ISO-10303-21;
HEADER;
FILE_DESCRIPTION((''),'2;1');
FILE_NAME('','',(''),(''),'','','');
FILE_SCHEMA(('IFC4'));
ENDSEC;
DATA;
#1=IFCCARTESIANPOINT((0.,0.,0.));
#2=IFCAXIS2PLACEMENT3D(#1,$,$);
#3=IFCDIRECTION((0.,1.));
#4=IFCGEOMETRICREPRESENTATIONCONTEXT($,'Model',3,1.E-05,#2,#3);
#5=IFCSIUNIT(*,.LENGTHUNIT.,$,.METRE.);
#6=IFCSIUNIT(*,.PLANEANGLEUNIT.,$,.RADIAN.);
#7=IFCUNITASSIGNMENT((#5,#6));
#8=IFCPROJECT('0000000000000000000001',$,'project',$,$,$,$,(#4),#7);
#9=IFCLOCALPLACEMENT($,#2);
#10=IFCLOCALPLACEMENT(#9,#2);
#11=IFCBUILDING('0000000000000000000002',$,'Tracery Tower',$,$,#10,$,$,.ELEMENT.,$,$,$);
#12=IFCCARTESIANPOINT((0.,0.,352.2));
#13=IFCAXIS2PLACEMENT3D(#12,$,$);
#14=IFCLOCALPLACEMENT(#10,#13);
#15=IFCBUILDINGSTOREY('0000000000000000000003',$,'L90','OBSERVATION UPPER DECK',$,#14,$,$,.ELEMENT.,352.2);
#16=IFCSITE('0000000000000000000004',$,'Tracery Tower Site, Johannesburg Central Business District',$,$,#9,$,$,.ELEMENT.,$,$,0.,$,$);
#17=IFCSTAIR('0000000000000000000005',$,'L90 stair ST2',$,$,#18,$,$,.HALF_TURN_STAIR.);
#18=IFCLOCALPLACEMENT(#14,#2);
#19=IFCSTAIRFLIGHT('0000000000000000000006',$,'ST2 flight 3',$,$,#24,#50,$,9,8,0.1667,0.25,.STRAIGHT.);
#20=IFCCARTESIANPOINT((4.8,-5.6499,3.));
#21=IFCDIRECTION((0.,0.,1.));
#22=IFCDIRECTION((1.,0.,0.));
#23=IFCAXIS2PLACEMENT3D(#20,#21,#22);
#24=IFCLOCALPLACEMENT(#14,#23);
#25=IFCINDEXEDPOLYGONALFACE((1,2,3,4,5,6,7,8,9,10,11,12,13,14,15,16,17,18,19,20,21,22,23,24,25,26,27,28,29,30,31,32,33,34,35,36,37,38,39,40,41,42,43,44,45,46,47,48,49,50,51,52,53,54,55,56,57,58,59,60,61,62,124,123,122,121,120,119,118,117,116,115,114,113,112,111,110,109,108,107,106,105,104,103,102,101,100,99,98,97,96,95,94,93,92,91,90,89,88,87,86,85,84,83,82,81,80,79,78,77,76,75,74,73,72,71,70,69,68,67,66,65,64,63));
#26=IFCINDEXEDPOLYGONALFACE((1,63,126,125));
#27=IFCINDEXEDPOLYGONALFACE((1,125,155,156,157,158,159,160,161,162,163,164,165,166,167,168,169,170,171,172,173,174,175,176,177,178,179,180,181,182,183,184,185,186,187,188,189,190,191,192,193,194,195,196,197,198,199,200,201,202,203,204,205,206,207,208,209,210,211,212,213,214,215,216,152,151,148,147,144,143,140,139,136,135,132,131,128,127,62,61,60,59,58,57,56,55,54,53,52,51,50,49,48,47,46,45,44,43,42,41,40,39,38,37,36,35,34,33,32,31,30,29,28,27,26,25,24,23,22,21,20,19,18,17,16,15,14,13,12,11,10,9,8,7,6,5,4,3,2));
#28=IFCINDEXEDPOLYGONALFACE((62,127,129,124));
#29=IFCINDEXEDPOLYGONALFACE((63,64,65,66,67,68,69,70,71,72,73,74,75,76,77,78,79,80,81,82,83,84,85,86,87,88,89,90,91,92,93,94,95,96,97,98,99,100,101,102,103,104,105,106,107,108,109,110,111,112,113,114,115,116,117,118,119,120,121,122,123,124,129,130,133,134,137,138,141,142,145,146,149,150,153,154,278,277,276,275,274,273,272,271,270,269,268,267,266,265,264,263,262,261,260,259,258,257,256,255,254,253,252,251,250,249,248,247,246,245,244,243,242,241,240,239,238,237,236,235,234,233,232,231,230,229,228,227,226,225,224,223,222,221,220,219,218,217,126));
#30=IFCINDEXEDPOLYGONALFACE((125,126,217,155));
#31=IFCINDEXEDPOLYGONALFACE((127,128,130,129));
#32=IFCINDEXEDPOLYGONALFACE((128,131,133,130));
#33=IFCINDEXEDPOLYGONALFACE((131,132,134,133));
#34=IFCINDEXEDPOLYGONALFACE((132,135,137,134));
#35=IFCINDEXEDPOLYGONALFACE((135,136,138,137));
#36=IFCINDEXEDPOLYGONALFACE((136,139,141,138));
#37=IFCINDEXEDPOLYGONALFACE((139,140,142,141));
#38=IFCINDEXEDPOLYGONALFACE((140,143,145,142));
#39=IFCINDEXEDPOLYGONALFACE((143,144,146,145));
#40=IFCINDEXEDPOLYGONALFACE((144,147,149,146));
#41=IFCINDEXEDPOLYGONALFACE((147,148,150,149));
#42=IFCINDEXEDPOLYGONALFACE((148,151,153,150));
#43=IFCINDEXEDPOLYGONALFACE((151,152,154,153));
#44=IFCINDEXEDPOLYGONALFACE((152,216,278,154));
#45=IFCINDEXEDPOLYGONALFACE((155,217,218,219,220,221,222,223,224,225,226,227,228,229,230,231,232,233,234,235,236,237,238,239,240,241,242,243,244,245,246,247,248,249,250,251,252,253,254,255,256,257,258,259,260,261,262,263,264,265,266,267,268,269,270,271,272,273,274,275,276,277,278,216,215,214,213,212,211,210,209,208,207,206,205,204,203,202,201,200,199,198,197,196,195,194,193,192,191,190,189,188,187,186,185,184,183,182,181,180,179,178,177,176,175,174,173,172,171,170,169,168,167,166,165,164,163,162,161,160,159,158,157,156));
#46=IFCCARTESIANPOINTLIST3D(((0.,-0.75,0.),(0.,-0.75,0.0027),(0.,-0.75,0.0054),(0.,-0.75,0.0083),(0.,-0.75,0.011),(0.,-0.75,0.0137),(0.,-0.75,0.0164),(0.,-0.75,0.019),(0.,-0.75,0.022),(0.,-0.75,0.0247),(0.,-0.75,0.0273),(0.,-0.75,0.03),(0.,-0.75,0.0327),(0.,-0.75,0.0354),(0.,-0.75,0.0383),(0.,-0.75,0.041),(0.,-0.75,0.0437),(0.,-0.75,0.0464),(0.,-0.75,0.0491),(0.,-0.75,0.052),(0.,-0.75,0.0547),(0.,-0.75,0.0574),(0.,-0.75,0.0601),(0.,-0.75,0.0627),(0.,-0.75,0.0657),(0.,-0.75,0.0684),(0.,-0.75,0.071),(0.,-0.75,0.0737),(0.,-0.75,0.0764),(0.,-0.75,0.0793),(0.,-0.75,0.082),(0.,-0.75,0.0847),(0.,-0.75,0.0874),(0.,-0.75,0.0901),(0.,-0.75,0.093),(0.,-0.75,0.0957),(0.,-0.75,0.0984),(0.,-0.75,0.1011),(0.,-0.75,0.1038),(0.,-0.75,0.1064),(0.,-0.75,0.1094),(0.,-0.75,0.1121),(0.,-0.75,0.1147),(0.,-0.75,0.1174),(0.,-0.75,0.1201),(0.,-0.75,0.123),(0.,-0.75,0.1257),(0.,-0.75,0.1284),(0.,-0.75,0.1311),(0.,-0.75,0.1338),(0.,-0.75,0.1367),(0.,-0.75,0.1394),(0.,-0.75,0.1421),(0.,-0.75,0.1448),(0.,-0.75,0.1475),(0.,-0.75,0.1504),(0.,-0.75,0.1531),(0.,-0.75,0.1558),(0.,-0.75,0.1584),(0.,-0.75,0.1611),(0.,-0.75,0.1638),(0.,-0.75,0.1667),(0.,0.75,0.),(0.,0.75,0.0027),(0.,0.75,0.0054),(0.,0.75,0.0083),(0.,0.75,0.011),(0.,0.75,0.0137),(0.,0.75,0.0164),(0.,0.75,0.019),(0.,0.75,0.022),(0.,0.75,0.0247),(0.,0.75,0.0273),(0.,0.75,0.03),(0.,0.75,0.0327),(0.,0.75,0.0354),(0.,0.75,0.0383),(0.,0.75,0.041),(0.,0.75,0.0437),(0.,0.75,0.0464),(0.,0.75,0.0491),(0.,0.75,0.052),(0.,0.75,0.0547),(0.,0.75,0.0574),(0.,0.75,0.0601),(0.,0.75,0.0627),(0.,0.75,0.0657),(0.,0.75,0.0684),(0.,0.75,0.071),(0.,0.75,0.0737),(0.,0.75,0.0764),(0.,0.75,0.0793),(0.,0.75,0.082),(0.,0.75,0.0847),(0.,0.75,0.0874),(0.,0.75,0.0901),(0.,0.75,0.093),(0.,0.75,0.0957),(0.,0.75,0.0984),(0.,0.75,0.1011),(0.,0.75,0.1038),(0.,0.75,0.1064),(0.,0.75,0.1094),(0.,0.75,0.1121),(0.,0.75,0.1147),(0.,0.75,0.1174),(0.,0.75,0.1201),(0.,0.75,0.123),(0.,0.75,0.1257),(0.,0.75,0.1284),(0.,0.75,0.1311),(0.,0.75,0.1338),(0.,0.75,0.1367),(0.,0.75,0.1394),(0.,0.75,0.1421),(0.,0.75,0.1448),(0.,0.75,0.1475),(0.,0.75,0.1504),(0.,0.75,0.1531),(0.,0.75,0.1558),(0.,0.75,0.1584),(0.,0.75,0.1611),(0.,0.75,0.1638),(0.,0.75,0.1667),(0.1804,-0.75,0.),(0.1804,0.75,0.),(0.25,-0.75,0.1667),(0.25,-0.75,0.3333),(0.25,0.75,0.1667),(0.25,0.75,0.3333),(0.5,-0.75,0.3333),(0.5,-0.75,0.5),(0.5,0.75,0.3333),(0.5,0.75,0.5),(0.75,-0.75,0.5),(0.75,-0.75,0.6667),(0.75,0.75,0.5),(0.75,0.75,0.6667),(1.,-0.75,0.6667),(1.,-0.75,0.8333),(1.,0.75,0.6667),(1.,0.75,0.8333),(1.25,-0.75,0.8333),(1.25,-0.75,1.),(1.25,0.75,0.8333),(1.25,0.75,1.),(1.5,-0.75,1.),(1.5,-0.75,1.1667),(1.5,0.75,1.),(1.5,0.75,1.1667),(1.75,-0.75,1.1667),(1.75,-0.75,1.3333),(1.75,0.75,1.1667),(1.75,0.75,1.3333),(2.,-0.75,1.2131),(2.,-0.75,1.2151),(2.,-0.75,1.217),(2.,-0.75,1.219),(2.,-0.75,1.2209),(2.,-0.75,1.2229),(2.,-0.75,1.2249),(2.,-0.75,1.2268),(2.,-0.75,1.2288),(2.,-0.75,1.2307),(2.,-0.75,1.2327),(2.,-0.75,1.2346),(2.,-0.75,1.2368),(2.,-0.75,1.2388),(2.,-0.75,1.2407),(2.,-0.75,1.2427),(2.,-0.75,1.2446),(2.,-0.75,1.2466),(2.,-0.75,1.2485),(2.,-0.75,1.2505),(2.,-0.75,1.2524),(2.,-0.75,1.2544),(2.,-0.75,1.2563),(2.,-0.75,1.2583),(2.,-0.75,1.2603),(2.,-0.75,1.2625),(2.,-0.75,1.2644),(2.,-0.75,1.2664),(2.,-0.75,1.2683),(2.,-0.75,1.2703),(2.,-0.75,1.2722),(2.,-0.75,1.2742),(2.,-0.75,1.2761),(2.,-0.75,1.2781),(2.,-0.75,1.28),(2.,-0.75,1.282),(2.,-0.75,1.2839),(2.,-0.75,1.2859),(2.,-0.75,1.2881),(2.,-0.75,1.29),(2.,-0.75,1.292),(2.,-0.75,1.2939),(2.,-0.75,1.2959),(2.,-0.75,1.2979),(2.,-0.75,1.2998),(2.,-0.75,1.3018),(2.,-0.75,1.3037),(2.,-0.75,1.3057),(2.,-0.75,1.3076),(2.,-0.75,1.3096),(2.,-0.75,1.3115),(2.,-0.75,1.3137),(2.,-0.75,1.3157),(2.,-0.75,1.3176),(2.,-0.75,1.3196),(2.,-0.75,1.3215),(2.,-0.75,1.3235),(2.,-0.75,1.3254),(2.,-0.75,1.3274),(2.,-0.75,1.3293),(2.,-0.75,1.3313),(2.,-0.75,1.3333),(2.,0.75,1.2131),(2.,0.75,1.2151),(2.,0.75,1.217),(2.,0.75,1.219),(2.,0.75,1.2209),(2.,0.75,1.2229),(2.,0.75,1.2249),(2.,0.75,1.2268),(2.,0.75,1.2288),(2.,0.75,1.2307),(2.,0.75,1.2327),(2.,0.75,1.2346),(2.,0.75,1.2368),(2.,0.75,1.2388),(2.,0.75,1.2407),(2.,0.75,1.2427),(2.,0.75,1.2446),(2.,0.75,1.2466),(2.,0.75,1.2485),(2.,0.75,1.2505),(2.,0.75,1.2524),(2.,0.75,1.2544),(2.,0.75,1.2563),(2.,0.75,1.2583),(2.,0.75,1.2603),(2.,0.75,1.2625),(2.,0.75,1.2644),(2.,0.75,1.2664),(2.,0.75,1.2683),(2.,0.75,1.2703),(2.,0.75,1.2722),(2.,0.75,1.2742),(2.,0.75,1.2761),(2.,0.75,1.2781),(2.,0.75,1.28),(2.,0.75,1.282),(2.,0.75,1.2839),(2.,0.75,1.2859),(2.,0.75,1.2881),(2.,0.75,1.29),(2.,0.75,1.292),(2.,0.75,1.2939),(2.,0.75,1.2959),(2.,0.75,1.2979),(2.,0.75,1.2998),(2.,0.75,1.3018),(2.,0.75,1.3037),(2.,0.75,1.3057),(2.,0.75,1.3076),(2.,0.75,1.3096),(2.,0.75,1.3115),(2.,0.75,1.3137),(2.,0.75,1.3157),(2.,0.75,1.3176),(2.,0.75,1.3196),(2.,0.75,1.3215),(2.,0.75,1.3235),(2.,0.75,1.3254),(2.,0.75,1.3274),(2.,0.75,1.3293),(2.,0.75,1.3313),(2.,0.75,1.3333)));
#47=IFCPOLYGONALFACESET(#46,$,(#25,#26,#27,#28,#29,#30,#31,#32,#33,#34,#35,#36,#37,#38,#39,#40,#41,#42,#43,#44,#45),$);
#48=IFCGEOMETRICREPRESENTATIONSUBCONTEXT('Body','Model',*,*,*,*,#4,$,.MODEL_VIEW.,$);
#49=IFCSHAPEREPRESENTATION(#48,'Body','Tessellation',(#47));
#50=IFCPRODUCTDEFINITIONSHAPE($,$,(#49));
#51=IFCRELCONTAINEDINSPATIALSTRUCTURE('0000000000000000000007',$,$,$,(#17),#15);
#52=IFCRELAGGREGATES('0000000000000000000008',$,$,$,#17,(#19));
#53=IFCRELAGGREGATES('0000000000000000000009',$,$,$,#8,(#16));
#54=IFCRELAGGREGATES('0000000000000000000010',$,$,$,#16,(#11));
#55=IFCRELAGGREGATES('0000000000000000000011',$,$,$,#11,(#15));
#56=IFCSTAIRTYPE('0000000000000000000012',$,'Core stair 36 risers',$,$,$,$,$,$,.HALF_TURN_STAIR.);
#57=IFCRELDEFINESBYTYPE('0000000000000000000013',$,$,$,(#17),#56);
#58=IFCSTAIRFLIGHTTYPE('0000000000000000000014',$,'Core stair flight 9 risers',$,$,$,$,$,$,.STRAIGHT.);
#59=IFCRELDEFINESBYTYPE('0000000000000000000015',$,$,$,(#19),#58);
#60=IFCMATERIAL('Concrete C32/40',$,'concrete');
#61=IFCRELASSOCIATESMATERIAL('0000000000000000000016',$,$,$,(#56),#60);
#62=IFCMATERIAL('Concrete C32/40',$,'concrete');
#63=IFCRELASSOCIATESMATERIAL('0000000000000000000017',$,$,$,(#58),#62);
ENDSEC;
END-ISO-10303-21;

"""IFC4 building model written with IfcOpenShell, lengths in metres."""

from ifc_helpers import new_model, si_unit, direction, frame, origin, place, context, subcontext, project, spatial, polyline, outline, extrude, material, type_object, element, aggregate, save


model = new_model("IFC4")

# Units and contexts
model_context = context("Model", 3, precision=1e-05, world=origin(), true_north=direction((0.0, 1.0)))
body_context = subcontext(model_context, "Body", "Model", "MODEL_VIEW")
ifc_project = project(units=[si_unit("LENGTHUNIT", "METRE"), si_unit("PLANEANGLEUNIT", "RADIAN")], contexts=[model_context])

# Site, building, storey
site_placement = place(None, origin())
site = spatial("IfcSite", under=ifc_project, at=site_placement, Name="Tracery Tower Site, Johannesburg Central Business District", CompositionType="ELEMENT", RefElevation=0.0)
building_placement = place(site_placement, origin())
building = spatial("IfcBuilding", under=site, at=building_placement, Name="Tracery Tower", CompositionType="ELEMENT")
storey_placement = place(building_placement, frame((0.0, 0.0, 352.2)))
storey = spatial("IfcBuildingStorey", under=building, at=storey_placement, Name="L90", Description="OBSERVATION UPPER DECK", CompositionType="ELEMENT", Elevation=352.2)

# Stair, stair flight
ifc_material_1 = material(Name="Concrete C32/40", Category="concrete")
stair_type = type_object("IfcStairType", Name="Core stair 36 risers", PredefinedType="HALF_TURN_STAIR", material=ifc_material_1)
stair_placement = place(storey_placement, origin())
stair = element("IfcStair", 1, at=stair_placement, inside=storey, type_object=stair_type, Name="L90 stair ST2", PredefinedType="HALF_TURN_STAIR")
ifc_material_2 = material(Name="Concrete C32/40", Category="concrete")
stair_flight_type = type_object("IfcStairFlightType", Name="Core stair flight 9 risers", PredefinedType="STRAIGHT", material=ifc_material_2)
stair_flight_1_placement = place(storey_placement, frame((4.8, -5.6499, 3.0), z_axis=(0.0, 0.0, 1.0), x_axis=(1.0, 0.0, 0.0)))
stair_flight_1 = element("IfcStairFlight", 2, at=stair_flight_1_placement, type_object=stair_flight_type, Name="ST2 flight 3", NumberOfRisers=9, NumberOfTreads=8, PredefinedType="STRAIGHT", RiserHeight=0.1667, TreadLength=0.25, context=body_context, shape_type="SweptSolid", body=[
    extrude(outline(polyline([(0.0, 0.0), (0.0, 0.0027), (0.0, 0.0054), (0.0, 0.0083), (0.0, 0.011), (0.0, 0.0137), (0.0, 0.0164), (0.0, 0.019), (0.0, 0.022), (0.0, 0.0247), (0.0, 0.0273), (0.0, 0.03), (0.0, 0.0327), (0.0, 0.0354), (0.0, 0.0383), (0.0, 0.041), (0.0, 0.0437), (0.0, 0.0464), (0.0, 0.0491), (0.0, 0.052), (0.0, 0.0547), (0.0, 0.0574), (0.0, 0.0601), (0.0, 0.0627), (0.0, 0.0657), (0.0, 0.0684), (0.0, 0.071), (0.0, 0.0737), (0.0, 0.0764), (0.0, 0.0793), (0.0, 0.082), (0.0, 0.0847), (0.0, 0.0874), (0.0, 0.0901), (0.0, 0.093), (0.0, 0.0957), (0.0, 0.0984), (0.0, 0.1011), (0.0, 0.1038), (0.0, 0.1064), (0.0, 0.1094), (0.0, 0.1121), (0.0, 0.1147), (0.0, 0.1174), (0.0, 0.1201), (0.0, 0.123), (0.0, 0.1257), (0.0, 0.1284), (0.0, 0.1311), (0.0, 0.1338), (0.0, 0.1367), (0.0, 0.1394), (0.0, 0.1421), (0.0, 0.1448), (0.0, 0.1475), (0.0, 0.1504), (0.0, 0.1531), (0.0, 0.1558), (0.0, 0.1584), (0.0, 0.1611), (0.0, 0.1638), (0.0, 0.1667), (0.25, 0.1667), (0.25, 0.3333), (0.5, 0.3333), (0.5, 0.5), (0.75, 0.5), (0.75, 0.6667), (1.0, 0.6667), (1.0, 0.8333), (1.25, 0.8333), (1.25, 1.0), (1.5, 1.0), (1.5, 1.1667), (1.75, 1.1667), (1.75, 1.3333), (2.0, 1.3333), (2.0, 1.3313), (2.0, 1.3293), (2.0, 1.3274), (2.0, 1.3254), (2.0, 1.3235), (2.0, 1.3215), (2.0, 1.3196), (2.0, 1.3176), (2.0, 1.3157), (2.0, 1.3137), (2.0, 1.3115), (2.0, 1.3096), (2.0, 1.3076), (2.0, 1.3057), (2.0, 1.3037), (2.0, 1.3018), (2.0, 1.2998), (2.0, 1.2979), (2.0, 1.2959), (2.0, 1.2939), (2.0, 1.292), (2.0, 1.29), (2.0, 1.2881), (2.0, 1.2859), (2.0, 1.2839), (2.0, 1.282), (2.0, 1.28), (2.0, 1.2781), (2.0, 1.2761), (2.0, 1.2742), (2.0, 1.2722), (2.0, 1.2703), (2.0, 1.2683), (2.0, 1.2664), (2.0, 1.2644), (2.0, 1.2625), (2.0, 1.2603), (2.0, 1.2583), (2.0, 1.2563), (2.0, 1.2544), (2.0, 1.2524), (2.0, 1.2505), (2.0, 1.2485), (2.0, 1.2466), (2.0, 1.2446), (2.0, 1.2427), (2.0, 1.2407), (2.0, 1.2388), (2.0, 1.2368), (2.0, 1.2346), (2.0, 1.2327), (2.0, 1.2307), (2.0, 1.2288), (2.0, 1.2268), (2.0, 1.2249), (2.0, 1.2229), (2.0, 1.2209), (2.0, 1.219), (2.0, 1.217), (2.0, 1.2151), (2.0, 1.2131), (0.1804, 0.0), (0.0, 0.0)])), frame((0.0, 0.75, 0.0), z_axis=(0.0, -1.0, 0.0), x_axis=(1.0, 0.0, 0.0)), (0.0, 0.0, 1.0), 1.5),
])
aggregate(stair, [stair_flight_1])

save(model, "model.ifc")
